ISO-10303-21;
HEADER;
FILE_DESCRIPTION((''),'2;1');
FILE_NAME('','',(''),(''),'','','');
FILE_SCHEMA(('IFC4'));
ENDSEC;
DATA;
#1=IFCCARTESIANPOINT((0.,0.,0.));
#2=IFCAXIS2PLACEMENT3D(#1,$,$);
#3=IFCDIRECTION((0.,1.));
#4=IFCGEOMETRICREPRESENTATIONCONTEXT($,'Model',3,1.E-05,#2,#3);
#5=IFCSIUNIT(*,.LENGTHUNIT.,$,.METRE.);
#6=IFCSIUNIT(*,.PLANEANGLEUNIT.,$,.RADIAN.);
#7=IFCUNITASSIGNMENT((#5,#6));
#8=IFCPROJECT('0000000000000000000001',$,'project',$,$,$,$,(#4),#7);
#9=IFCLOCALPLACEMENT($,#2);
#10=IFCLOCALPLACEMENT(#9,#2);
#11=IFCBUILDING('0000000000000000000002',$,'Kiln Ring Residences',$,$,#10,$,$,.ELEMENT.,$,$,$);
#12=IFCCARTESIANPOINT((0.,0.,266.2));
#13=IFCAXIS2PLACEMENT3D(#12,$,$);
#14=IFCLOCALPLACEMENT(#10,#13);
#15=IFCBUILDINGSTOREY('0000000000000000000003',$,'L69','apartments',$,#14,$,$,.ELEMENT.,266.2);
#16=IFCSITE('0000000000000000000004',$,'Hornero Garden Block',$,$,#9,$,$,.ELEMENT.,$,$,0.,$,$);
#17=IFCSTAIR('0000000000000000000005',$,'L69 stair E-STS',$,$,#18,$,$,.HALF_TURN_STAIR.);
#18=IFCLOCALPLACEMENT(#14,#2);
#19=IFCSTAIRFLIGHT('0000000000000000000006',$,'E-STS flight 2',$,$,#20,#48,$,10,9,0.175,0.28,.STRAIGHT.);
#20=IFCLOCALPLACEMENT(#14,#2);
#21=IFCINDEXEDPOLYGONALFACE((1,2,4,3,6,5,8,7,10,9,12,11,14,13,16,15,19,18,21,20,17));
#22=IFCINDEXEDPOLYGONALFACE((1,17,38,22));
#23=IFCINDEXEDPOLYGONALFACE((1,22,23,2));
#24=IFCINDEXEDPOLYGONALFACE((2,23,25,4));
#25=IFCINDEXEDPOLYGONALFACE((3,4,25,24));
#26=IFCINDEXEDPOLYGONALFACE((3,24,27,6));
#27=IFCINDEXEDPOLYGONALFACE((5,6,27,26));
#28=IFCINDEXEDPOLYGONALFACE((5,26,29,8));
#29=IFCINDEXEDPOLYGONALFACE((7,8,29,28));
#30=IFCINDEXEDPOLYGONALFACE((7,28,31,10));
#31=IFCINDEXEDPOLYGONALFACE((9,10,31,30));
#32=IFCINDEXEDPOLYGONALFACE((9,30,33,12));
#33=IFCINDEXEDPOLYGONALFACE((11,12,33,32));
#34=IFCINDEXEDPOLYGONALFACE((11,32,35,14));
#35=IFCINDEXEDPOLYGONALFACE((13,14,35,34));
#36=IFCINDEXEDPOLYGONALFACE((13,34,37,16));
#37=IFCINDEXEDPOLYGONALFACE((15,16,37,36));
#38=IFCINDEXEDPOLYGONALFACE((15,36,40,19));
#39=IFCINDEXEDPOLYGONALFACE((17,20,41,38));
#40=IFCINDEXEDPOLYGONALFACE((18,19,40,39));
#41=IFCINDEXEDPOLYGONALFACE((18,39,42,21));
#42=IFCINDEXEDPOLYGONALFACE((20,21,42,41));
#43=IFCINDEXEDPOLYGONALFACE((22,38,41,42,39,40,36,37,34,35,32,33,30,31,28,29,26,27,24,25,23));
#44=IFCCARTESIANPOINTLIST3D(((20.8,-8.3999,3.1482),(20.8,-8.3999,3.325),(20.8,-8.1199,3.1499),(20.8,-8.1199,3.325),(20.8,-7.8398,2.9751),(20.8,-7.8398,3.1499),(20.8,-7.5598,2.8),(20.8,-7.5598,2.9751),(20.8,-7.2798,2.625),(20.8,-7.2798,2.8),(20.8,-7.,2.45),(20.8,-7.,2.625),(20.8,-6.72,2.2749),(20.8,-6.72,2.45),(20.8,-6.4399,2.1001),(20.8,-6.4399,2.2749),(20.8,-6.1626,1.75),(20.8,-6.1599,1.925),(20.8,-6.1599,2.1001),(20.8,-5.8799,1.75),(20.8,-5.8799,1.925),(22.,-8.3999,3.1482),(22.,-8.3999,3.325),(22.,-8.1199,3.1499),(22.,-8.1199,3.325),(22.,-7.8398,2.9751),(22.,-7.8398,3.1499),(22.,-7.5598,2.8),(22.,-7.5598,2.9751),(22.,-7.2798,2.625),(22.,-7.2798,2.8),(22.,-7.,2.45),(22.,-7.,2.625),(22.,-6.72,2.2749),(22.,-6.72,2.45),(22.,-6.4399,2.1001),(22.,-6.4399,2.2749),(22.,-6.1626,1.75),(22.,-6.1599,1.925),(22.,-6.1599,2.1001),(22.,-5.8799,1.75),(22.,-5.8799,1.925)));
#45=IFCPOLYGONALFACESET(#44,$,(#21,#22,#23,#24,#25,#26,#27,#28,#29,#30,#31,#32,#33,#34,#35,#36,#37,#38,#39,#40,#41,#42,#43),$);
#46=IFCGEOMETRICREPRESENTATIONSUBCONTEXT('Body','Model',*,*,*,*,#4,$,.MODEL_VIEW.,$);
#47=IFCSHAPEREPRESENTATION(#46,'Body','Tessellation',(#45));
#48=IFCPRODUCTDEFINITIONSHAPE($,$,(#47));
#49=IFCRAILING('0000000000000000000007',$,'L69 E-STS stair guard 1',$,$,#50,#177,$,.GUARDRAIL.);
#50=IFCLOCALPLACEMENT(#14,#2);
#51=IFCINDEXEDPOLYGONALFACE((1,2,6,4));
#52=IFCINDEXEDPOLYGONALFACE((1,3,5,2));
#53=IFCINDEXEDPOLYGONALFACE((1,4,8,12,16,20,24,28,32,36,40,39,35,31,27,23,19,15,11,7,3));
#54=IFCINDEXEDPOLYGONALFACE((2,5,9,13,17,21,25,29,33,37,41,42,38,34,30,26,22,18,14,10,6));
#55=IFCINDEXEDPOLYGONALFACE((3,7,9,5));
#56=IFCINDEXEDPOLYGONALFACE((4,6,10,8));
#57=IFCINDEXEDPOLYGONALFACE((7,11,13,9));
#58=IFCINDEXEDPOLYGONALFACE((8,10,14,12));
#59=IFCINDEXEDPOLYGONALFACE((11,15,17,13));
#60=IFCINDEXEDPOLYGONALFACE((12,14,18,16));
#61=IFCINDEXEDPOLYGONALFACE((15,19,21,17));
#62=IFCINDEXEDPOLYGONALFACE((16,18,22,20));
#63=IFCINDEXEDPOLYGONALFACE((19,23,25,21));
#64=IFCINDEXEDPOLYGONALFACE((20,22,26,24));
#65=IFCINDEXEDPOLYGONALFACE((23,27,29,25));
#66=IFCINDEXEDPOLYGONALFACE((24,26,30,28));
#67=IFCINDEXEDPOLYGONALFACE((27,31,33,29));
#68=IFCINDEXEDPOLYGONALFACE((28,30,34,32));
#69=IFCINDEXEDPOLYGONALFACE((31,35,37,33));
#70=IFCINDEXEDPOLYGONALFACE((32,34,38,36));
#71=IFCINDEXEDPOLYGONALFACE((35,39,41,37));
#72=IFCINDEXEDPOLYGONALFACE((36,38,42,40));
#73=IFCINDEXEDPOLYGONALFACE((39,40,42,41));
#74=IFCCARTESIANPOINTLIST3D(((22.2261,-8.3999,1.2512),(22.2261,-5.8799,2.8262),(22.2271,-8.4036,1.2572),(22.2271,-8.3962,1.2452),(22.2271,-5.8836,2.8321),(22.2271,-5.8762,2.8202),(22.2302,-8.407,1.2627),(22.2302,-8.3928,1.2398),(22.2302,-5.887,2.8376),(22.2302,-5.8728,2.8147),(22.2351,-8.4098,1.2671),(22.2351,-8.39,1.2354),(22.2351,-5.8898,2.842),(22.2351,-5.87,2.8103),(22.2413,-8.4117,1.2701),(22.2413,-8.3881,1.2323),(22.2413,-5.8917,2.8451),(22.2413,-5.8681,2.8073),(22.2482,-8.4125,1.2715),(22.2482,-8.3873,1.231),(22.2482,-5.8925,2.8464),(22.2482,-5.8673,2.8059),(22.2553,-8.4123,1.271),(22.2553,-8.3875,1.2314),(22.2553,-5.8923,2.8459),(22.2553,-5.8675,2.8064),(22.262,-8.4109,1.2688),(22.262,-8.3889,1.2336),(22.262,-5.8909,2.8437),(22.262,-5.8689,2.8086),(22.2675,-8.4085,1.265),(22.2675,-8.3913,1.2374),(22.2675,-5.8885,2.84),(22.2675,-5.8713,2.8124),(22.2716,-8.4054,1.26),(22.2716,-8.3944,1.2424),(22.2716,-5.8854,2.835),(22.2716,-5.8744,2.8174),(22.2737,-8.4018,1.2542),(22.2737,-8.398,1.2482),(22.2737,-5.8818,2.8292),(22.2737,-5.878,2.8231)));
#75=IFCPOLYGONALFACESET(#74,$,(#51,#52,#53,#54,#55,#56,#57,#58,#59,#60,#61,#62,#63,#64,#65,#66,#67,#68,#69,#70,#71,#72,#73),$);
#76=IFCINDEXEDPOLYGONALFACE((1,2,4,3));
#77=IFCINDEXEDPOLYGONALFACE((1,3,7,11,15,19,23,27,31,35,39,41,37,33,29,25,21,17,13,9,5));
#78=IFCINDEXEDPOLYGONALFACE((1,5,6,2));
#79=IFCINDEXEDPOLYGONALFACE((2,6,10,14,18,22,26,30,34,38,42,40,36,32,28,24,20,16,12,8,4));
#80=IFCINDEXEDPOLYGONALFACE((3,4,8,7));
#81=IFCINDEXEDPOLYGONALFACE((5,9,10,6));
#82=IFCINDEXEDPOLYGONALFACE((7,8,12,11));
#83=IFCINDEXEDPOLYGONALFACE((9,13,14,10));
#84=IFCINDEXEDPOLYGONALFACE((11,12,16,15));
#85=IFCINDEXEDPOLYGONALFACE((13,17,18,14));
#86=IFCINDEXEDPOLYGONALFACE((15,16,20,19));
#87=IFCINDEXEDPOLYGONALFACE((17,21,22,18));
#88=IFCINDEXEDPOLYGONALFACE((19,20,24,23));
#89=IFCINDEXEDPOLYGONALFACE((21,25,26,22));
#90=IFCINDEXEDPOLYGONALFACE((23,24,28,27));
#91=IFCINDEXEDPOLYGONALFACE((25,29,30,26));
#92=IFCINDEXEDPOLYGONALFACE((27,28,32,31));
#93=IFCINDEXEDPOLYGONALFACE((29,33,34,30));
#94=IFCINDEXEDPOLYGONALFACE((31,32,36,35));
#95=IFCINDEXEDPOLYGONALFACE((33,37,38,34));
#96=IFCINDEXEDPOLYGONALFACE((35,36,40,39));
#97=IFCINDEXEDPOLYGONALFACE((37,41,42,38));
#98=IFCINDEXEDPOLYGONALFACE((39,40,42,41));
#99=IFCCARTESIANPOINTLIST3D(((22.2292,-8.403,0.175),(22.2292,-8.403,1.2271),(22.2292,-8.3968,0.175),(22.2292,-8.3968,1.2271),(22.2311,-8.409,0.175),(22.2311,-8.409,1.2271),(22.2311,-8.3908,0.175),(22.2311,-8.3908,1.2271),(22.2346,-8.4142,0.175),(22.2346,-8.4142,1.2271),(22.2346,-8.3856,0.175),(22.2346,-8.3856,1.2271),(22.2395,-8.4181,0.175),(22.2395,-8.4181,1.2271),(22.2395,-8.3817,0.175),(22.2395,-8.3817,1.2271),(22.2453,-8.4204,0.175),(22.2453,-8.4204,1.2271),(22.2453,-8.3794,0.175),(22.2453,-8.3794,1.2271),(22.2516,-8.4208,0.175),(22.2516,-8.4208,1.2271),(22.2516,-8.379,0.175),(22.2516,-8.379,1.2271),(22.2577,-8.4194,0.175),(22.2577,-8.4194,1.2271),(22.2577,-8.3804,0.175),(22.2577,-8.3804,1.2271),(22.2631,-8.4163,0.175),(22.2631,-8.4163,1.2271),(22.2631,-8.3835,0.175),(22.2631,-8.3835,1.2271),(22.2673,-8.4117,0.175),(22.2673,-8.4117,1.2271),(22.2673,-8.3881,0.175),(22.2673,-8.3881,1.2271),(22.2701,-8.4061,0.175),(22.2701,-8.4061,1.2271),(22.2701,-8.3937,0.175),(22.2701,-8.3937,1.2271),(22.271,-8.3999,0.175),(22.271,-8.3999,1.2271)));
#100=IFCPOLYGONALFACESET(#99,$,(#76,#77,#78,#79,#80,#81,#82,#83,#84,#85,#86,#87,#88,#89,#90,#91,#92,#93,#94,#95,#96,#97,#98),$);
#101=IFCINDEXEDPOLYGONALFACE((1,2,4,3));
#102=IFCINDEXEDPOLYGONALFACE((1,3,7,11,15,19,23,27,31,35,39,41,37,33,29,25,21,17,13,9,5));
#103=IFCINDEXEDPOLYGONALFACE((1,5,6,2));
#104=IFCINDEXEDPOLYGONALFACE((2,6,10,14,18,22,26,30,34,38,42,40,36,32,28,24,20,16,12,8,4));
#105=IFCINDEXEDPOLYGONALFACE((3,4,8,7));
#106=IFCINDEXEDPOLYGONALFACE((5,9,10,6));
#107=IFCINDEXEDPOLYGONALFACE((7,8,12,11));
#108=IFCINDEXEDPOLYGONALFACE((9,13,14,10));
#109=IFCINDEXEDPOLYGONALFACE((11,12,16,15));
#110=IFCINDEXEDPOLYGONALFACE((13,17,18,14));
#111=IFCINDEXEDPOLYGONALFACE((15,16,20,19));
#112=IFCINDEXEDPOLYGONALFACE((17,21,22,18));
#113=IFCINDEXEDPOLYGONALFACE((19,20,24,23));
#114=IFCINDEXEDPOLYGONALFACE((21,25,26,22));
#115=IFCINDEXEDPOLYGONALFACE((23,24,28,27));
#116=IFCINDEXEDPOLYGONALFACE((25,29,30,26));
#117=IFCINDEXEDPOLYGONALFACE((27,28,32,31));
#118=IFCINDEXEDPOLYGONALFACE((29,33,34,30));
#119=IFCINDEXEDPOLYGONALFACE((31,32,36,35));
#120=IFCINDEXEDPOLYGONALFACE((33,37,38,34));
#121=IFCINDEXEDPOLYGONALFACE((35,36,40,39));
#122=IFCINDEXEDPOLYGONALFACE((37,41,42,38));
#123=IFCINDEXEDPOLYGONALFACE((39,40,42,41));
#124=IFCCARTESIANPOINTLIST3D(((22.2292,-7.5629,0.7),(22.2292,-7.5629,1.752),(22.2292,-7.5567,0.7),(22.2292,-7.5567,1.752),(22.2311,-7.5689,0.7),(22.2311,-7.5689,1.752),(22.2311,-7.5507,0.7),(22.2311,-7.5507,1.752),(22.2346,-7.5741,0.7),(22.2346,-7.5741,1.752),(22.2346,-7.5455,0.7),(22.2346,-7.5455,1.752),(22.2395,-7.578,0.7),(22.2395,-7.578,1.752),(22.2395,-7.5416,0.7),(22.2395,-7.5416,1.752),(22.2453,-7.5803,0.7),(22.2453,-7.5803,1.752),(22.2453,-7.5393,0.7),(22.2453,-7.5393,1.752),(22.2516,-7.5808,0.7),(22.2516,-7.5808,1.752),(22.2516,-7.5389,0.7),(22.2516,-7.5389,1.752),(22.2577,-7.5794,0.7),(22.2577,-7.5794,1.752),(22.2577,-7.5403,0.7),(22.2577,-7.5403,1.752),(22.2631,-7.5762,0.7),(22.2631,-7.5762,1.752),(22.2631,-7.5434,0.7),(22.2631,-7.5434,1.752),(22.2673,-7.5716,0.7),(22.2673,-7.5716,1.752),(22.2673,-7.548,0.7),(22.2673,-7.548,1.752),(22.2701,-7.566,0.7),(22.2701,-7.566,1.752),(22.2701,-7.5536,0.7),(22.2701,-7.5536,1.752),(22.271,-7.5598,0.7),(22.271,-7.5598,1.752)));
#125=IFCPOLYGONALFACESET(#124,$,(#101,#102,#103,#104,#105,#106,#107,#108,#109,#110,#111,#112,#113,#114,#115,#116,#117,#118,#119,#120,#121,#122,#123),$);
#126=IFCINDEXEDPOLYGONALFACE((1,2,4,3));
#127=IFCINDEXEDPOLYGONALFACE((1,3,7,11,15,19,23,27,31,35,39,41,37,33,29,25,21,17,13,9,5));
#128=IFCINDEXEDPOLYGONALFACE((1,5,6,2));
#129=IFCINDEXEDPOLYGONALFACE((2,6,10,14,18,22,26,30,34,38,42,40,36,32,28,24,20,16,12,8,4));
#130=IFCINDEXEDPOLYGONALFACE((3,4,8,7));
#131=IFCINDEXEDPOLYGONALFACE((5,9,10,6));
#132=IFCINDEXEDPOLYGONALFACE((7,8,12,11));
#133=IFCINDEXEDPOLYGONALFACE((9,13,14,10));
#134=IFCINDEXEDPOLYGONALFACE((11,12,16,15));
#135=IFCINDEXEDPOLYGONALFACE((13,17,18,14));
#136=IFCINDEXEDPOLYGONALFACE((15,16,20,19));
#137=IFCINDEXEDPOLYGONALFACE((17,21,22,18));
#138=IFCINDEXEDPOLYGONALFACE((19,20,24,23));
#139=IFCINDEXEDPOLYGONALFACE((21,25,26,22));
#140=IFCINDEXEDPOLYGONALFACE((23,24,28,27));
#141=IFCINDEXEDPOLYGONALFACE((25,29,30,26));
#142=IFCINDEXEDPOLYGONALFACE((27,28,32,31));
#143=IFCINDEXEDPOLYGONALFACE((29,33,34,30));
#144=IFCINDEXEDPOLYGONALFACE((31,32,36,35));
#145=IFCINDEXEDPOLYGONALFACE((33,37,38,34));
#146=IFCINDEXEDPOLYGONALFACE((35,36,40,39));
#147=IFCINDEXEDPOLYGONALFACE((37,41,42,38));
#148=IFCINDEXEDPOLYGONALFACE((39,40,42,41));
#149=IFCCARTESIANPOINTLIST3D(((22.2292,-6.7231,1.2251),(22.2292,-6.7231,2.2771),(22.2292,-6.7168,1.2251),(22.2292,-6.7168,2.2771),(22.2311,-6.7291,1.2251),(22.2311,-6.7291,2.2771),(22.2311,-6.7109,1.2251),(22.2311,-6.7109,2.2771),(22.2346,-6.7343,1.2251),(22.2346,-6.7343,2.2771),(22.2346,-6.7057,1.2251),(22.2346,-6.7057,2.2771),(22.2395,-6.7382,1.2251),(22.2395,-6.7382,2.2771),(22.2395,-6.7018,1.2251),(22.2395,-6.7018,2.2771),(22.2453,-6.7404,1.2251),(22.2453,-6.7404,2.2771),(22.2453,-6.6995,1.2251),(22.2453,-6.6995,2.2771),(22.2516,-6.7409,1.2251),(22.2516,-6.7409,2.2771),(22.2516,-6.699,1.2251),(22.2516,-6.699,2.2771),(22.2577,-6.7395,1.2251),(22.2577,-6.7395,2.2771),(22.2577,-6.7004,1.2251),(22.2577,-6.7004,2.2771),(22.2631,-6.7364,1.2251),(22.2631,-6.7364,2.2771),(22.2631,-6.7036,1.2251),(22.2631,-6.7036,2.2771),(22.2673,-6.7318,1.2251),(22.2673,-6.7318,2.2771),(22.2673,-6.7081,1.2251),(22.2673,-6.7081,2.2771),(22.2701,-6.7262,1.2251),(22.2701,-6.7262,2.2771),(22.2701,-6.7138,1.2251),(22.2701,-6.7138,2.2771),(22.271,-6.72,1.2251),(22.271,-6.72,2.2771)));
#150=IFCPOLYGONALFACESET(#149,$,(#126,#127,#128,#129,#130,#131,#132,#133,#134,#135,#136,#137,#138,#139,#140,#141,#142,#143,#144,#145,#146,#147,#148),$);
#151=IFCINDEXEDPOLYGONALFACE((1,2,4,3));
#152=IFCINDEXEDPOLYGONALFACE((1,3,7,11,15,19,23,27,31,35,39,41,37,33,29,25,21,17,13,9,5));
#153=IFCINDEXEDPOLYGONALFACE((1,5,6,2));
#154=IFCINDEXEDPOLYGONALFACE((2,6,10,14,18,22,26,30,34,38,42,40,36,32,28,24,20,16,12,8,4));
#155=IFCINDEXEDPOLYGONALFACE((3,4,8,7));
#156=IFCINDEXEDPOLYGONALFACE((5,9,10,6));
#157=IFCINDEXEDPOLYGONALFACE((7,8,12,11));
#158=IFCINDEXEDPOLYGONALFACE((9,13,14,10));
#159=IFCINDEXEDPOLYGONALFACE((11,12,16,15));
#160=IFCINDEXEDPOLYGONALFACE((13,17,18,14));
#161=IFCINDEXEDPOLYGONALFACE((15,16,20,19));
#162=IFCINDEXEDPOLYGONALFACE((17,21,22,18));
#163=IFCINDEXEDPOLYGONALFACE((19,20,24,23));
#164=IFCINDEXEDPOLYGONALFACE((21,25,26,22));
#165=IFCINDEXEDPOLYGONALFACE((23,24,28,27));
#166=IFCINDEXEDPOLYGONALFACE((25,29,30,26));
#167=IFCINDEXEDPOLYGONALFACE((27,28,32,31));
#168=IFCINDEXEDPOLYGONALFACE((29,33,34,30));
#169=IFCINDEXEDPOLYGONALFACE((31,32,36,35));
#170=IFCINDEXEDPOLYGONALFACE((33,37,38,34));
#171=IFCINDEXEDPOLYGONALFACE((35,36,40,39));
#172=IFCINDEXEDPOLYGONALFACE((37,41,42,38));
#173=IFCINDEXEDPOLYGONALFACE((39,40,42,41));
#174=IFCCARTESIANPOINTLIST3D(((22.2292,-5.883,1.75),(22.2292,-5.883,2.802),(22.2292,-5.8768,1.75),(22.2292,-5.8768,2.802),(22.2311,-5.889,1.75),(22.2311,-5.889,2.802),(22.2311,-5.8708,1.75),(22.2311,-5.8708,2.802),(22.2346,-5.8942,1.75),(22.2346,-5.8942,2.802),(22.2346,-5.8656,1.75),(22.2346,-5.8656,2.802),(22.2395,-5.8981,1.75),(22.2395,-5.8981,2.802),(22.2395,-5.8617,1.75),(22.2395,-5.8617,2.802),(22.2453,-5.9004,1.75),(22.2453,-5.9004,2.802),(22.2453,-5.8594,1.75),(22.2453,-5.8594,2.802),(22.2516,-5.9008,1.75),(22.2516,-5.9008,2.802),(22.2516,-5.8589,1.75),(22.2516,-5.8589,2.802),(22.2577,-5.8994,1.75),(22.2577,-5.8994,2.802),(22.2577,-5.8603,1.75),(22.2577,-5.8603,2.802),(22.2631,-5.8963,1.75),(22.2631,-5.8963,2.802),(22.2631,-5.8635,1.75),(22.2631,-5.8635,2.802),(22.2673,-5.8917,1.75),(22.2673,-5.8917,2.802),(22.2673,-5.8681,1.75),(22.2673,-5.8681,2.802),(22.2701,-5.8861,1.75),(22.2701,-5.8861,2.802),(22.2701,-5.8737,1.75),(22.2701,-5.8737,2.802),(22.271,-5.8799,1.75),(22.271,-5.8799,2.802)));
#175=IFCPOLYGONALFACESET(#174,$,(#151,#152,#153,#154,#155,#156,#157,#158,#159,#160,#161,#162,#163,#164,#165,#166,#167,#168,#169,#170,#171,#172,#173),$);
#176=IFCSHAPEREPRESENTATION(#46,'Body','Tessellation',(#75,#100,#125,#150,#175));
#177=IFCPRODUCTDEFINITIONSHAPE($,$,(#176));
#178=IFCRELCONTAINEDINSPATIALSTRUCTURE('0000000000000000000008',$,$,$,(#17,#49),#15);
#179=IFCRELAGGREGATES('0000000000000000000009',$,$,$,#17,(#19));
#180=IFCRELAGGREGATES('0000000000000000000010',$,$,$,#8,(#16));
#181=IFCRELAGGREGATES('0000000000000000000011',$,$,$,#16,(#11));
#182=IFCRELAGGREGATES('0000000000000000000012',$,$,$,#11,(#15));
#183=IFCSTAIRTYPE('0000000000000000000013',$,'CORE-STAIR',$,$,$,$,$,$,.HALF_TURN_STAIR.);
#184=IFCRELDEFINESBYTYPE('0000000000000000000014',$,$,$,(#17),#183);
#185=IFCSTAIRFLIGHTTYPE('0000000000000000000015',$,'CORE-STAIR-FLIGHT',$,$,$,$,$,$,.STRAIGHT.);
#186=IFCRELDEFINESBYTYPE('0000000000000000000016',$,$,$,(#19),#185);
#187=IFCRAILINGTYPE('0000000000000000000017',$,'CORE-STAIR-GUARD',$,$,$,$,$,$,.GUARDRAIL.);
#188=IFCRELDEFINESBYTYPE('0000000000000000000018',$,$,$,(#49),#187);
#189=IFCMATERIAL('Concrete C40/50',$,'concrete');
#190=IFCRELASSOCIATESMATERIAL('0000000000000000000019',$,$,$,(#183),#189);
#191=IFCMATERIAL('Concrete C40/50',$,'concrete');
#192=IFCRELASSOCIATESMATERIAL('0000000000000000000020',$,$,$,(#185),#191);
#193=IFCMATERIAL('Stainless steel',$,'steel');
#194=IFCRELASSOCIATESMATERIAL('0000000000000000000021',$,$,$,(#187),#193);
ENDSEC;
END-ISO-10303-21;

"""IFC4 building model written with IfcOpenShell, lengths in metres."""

from ifc_helpers import new_model, si_unit, direction, frame, origin, origin_2d, place, context, subcontext, project, spatial, polyline, circle, outline, extrude, material, type_object, element, aggregate, save


model = new_model("IFC4")

# Units and contexts
model_context = context("Model", 3, precision=1e-05, world=origin(), true_north=direction((0.0, 1.0)))
body_context = subcontext(model_context, "Body", "Model", "MODEL_VIEW")
ifc_project = project(units=[si_unit("LENGTHUNIT", "METRE"), si_unit("PLANEANGLEUNIT", "RADIAN")], contexts=[model_context])

# Site, building, storey
site_placement = place(None, origin())
site = spatial("IfcSite", under=ifc_project, at=site_placement, Name="Hornero Garden Block", CompositionType="ELEMENT", RefElevation=0.0)
building_placement = place(site_placement, origin())
building = spatial("IfcBuilding", under=site, at=building_placement, Name="Kiln Ring Residences", CompositionType="ELEMENT")
storey_placement = place(building_placement, frame((0.0, 0.0, 266.2)))
storey = spatial("IfcBuildingStorey", under=building, at=storey_placement, Name="L69", Description="apartments", CompositionType="ELEMENT", Elevation=266.2)

# Stair, stair flight
ifc_material_1 = material(Name="Concrete C40/50", Category="concrete")
stair_type = type_object("IfcStairType", Name="CORE-STAIR", PredefinedType="HALF_TURN_STAIR", material=ifc_material_1)
stair_placement = place(storey_placement, origin())
stair = element("IfcStair", 1, at=stair_placement, inside=storey, type_object=stair_type, Name="L69 stair E-STS", PredefinedType="HALF_TURN_STAIR")
ifc_material_2 = material(Name="Concrete C40/50", Category="concrete")
stair_flight_type = type_object("IfcStairFlightType", Name="CORE-STAIR-FLIGHT", PredefinedType="STRAIGHT", material=ifc_material_2)
stair_flight_1_placement = place(storey_placement, frame((21.3999, -5.8799, 1.75), z_axis=(0.0, 0.0, 1.0), x_axis=(0.0, -1.0, 0.0)))
stair_flight_1 = element("IfcStairFlight", 2, at=stair_flight_1_placement, type_object=stair_flight_type, Name="E-STS flight 2", NumberOfRisers=10, NumberOfTreads=9, PredefinedType="STRAIGHT", RiserHeight=0.175, TreadLength=0.28, context=body_context, shape_type="SweptSolid", body=[
    extrude(outline(polyline([(0.0, 0.0), (0.0, 0.175), (0.28, 0.175), (0.28, 0.3501), (0.5601, 0.3501), (0.5601, 0.5249), (0.8401, 0.5249), (0.8401, 0.7), (1.1201, 0.7), (1.1201, 0.875), (1.3999, 0.875), (1.3999, 1.05), (1.6799, 1.05), (1.6799, 1.2251), (1.96, 1.2251), (1.96, 1.3999), (2.24, 1.3999), (2.24, 1.575), (2.52, 1.575), (2.52, 1.75), (2.52, 1.3982), (0.2827, 0.0), (0.0, 0.0)])), frame((0.0, 0.6001, 0.0), z_axis=(0.0, -1.0, 0.0), x_axis=(1.0, 0.0, 0.0)), (0.0, 0.0, 1.0), 1.2),
])
aggregate(stair, [stair_flight_1])

# Railing
ifc_material_3 = material(Name="Stainless steel", Category="steel")
railing_type_1 = type_object("IfcRailingType", Name="CORE-STAIR-GUARD", PredefinedType="GUARDRAIL", material=ifc_material_3)
railing_1_placement = place(storey_placement, frame((22.25, -8.3999, 0.175)))
element("IfcRailing", 3, at=railing_1_placement, inside=storey, type_object=railing_type_1, Name="L69 E-STS stair guard 1", PredefinedType="GUARDRAIL", context=body_context, shape_type="SweptSolid", body=[
    extrude(circle(Radius=0.0239, at=origin_2d()), frame((0.0, 0.0, 1.0762), z_axis=(0.0, 0.848008, 0.529984), x_axis=(-1.0, 0.0, 0.0)), (0.0, 0.0, 1.0), 2.9717),
    extrude(circle(Radius=0.021, at=origin_2d()), origin(), (0.0, 0.0, 1.0), 1.052),
    extrude(circle(Radius=0.021, at=origin_2d()), frame((0.0, 0.8401, 0.5249)), (0.0, 0.0, 1.0), 1.052),
    extrude(circle(Radius=0.021, at=origin_2d()), frame((0.0, 1.6799, 1.05)), (0.0, 0.0, 1.0), 1.052),
    extrude(circle(Radius=0.021, at=origin_2d()), frame((0.0, 2.52, 1.575)), (0.0, 0.0, 1.0), 1.052),
])

save(model, "model.ifc")
